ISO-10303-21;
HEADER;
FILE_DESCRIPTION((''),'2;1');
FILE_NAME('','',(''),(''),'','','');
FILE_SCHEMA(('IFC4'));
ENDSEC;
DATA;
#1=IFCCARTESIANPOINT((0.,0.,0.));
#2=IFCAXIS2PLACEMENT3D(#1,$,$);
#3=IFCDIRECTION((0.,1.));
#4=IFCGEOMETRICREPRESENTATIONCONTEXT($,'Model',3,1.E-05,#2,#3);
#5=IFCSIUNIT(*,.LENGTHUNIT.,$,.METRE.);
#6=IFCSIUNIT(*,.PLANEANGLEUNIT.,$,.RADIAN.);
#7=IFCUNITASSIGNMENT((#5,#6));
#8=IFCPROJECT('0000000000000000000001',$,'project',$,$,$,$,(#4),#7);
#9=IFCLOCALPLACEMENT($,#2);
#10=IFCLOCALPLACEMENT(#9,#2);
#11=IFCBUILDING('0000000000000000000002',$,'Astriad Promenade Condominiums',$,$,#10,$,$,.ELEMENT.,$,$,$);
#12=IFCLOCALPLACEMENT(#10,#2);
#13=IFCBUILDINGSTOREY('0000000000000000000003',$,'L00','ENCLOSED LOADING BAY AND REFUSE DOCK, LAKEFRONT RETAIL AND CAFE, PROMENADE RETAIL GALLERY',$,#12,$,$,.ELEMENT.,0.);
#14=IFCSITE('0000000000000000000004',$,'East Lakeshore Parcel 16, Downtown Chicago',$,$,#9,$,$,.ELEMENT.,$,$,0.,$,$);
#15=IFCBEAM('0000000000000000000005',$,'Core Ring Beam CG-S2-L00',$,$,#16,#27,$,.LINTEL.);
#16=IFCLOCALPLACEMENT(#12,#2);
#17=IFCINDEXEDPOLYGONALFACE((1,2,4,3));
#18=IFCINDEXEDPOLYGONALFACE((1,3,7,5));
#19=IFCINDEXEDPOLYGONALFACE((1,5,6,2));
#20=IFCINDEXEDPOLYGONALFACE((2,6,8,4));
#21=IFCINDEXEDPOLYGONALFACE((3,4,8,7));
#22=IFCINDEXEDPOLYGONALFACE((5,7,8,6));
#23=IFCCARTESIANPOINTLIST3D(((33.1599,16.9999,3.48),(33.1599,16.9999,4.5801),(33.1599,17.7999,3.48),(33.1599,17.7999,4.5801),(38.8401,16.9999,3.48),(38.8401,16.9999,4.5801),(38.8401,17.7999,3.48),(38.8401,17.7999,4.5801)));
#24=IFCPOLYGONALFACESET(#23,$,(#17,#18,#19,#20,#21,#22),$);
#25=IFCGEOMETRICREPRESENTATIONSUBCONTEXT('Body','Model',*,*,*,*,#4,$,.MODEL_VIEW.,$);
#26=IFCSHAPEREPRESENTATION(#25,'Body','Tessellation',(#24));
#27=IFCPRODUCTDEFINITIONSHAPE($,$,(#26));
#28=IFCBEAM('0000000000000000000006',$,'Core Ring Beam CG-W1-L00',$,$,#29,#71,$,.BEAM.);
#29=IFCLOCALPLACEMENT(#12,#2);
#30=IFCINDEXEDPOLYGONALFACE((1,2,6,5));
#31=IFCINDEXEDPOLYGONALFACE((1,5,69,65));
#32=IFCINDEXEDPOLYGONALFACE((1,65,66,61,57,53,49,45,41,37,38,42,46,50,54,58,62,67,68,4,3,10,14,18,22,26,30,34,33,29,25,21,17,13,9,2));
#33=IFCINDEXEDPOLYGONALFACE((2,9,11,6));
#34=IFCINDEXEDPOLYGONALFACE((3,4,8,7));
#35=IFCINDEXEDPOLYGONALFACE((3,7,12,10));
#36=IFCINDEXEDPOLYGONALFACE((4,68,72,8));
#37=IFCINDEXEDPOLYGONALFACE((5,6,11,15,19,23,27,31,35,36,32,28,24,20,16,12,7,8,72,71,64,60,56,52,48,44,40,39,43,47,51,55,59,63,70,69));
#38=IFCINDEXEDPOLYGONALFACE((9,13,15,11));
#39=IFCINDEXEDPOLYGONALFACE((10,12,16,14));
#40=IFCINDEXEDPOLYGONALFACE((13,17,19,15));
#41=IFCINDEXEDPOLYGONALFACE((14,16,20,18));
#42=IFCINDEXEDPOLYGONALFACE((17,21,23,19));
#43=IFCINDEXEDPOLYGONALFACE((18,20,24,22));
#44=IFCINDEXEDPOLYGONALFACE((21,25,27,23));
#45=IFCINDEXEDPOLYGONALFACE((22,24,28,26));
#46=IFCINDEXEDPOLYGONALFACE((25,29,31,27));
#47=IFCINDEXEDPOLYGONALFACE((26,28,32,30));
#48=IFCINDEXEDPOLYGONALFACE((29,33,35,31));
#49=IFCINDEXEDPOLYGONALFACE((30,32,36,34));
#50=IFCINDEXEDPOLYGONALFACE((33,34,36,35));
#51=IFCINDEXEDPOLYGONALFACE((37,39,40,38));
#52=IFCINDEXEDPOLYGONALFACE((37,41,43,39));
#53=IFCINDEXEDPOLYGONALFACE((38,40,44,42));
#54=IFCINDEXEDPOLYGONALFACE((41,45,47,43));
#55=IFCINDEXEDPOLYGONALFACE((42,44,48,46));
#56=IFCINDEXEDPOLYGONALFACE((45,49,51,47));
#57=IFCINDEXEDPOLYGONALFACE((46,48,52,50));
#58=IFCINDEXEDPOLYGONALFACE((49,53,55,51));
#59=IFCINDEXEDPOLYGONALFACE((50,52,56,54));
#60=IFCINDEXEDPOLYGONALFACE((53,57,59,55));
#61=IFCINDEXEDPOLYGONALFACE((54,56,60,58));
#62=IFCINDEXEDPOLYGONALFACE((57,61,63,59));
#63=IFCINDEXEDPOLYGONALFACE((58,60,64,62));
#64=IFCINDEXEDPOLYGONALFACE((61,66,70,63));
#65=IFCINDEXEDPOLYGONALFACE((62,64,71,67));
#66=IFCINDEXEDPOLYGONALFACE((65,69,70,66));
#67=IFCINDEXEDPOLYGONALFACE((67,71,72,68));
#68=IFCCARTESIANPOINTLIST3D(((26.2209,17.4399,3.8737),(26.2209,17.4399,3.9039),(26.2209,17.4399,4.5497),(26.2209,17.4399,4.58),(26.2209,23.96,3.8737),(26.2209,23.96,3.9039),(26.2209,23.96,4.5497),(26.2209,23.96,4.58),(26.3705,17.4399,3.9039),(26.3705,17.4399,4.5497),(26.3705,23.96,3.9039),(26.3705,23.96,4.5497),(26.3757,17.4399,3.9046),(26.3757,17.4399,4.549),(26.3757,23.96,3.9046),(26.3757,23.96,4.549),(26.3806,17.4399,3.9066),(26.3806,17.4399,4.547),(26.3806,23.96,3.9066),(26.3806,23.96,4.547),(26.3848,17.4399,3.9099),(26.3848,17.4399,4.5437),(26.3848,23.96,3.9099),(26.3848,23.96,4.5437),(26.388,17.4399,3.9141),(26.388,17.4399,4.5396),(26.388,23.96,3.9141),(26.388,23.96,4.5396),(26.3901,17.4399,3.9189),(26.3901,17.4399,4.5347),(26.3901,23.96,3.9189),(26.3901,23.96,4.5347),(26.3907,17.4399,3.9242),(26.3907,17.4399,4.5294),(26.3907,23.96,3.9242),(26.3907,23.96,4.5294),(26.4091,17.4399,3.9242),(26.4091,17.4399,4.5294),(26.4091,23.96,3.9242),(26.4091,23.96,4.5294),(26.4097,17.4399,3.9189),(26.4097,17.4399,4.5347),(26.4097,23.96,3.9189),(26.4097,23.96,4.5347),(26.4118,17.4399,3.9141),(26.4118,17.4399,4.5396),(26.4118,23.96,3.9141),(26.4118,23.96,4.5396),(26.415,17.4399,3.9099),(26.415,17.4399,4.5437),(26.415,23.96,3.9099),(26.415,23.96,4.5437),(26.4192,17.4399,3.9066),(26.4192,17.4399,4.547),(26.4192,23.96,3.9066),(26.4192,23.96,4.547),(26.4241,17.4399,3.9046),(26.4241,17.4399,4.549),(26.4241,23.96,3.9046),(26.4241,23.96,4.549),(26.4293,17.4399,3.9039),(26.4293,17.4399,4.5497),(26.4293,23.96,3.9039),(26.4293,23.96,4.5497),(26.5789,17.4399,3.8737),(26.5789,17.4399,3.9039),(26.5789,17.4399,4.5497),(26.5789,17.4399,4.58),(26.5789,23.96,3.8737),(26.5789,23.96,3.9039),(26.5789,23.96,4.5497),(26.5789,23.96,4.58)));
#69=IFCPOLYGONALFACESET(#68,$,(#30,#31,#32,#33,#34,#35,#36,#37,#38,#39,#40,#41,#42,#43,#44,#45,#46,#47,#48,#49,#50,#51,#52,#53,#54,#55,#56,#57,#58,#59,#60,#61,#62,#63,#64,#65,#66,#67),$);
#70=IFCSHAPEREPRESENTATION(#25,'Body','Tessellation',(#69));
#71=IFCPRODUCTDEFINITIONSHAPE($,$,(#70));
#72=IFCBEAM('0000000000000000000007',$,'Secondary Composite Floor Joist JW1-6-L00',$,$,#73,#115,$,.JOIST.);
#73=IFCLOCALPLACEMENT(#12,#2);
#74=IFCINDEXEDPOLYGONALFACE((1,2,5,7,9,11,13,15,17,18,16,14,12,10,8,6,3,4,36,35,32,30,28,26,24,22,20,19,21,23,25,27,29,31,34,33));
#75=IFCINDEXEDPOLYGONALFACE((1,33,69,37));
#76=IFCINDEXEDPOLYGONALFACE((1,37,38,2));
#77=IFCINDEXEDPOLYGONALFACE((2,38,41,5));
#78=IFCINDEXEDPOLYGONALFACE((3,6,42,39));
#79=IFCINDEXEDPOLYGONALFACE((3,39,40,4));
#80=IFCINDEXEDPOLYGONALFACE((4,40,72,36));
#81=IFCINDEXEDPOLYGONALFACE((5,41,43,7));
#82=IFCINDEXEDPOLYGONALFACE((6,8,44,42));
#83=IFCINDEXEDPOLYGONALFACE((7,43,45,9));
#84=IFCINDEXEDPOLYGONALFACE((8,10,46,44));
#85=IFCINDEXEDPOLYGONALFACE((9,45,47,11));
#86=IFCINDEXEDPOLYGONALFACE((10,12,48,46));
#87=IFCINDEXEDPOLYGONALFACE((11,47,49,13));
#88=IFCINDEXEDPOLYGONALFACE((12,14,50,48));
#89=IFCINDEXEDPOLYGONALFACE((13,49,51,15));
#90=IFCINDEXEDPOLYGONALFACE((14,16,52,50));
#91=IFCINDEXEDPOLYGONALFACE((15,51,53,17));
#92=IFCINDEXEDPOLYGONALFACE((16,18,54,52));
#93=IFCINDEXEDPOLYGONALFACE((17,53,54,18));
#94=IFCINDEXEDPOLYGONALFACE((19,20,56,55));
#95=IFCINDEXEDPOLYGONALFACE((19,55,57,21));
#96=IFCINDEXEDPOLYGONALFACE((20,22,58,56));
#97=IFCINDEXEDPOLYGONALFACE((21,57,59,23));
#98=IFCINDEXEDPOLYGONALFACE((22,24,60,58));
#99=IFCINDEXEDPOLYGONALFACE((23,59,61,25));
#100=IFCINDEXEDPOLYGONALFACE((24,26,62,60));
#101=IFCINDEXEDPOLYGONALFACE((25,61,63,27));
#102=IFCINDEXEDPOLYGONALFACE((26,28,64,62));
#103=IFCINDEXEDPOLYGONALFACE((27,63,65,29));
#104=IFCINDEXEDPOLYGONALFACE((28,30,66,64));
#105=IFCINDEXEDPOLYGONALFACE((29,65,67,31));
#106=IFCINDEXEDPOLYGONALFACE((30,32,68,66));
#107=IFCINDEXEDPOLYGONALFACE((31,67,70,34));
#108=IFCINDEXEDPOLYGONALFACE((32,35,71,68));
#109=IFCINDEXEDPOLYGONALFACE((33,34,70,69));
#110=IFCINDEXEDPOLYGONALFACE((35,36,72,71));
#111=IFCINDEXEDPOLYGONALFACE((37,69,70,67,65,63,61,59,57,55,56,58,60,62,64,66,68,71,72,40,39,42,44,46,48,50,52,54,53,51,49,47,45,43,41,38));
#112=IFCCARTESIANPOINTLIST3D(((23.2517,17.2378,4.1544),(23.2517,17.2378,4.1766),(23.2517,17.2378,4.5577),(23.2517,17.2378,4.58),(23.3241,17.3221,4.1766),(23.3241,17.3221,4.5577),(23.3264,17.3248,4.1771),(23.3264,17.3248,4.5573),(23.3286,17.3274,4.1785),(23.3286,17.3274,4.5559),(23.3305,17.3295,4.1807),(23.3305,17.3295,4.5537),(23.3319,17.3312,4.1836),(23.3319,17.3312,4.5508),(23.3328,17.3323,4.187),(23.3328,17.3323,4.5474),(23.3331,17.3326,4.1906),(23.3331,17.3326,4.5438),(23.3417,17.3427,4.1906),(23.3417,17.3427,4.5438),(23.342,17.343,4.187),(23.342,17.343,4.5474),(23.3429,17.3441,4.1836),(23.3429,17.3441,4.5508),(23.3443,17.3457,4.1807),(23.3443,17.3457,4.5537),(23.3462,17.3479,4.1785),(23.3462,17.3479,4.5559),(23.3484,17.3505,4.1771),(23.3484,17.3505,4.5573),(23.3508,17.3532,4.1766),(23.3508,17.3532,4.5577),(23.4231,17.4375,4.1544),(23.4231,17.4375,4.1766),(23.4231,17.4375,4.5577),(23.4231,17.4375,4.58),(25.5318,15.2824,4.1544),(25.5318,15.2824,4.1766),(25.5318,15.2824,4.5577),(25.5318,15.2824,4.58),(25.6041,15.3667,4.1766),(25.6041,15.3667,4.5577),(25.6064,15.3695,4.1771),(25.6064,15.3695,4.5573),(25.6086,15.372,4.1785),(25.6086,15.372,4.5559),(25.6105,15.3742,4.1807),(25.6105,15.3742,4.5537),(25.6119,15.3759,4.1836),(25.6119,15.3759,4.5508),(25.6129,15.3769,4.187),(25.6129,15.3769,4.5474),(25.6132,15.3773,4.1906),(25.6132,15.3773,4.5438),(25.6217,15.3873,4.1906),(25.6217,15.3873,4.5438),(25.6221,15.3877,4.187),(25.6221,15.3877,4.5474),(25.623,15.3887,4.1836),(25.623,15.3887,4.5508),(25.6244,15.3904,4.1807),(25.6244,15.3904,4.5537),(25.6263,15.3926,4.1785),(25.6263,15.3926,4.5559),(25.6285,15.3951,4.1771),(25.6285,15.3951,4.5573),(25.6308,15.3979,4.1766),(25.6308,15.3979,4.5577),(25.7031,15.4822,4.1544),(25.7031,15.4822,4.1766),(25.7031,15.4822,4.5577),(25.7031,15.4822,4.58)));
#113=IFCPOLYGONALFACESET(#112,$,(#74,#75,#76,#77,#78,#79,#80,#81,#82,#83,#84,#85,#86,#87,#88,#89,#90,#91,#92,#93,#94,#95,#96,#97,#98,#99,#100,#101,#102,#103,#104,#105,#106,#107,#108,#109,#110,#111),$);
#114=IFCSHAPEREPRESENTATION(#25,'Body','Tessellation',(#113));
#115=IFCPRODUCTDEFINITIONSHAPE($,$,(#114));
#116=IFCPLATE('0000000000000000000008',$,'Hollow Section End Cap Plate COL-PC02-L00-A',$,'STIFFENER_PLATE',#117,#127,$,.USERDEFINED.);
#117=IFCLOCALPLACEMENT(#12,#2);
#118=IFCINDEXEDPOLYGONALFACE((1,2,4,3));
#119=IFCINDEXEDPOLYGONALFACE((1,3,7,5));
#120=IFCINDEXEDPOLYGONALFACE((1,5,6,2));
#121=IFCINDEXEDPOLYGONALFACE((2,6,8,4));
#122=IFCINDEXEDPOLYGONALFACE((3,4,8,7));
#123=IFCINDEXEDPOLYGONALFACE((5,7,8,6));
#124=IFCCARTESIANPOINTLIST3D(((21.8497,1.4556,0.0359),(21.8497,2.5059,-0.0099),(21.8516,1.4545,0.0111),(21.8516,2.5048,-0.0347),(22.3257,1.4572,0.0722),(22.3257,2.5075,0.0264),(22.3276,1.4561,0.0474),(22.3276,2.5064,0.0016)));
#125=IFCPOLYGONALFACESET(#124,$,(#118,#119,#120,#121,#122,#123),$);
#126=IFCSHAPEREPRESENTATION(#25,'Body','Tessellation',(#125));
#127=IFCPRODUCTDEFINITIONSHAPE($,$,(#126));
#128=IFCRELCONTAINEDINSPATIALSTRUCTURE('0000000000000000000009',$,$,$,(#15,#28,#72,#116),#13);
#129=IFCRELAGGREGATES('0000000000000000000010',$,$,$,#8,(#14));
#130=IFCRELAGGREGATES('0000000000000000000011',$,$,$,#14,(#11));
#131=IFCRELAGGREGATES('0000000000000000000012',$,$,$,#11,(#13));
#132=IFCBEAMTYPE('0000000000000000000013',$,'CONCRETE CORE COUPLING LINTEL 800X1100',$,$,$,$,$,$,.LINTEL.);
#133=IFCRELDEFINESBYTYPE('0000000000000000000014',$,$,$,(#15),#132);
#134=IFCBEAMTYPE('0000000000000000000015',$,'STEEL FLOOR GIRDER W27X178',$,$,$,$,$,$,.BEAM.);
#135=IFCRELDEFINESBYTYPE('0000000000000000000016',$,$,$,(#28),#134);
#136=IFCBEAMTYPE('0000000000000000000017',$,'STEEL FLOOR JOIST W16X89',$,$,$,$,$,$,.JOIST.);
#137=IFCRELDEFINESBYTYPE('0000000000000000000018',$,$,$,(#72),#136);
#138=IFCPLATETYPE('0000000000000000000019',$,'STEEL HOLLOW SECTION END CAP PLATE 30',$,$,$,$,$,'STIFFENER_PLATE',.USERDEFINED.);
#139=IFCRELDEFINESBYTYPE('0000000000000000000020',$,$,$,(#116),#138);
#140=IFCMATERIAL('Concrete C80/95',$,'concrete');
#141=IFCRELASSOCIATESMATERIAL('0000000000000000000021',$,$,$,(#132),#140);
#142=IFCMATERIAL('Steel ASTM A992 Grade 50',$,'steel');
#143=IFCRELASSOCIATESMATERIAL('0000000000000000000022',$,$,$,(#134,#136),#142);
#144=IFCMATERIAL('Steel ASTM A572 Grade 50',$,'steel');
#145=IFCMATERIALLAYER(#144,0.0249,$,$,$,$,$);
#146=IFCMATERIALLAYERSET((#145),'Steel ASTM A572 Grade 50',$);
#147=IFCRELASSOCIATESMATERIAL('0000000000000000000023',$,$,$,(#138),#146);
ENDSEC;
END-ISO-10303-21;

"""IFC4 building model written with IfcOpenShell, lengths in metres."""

from ifc_helpers import new_model, si_unit, direction, frame, origin, origin_2d, place, context, subcontext, project, spatial, rectangle, i_section, extrude, source, transform, mapped, material, layer, layer_set, material_profile, profile_set, type_object, type_shapes, element, save


model = new_model("IFC4")

# Units and contexts
model_context = context("Model", 3, precision=1e-05, world=origin(), true_north=direction((0.0, 1.0)))
body_context = subcontext(model_context, "Body", "Model", "MODEL_VIEW")
ifc_project = project(units=[si_unit("LENGTHUNIT", "METRE"), si_unit("PLANEANGLEUNIT", "RADIAN")], contexts=[model_context])

# Site, building, storey
site_placement = place(None, origin())
site = spatial("IfcSite", under=ifc_project, at=site_placement, Name="East Lakeshore Parcel 16, Downtown Chicago", CompositionType="ELEMENT", RefElevation=0.0)
building_placement = place(site_placement, origin())
building = spatial("IfcBuilding", under=site, at=building_placement, Name="Astriad Promenade Condominiums", CompositionType="ELEMENT")
storey_placement = place(building_placement, origin())
storey = spatial("IfcBuildingStorey", under=building, at=storey_placement, Name="L00", Description="ENCLOSED LOADING BAY AND REFUSE DOCK, LAKEFRONT RETAIL AND CAFE, PROMENADE RETAIL GALLERY", CompositionType="ELEMENT", Elevation=0.0)

# Shared definitions
ifc_material_1 = material(Name="Steel ASTM A992 Grade 50", Category="steel")

# Beams
ifc_material_2 = material(Name="Concrete C80/95", Category="concrete")
ifc_material_profile_1 = material_profile(ifc_material_2, rectangle(XDim=0.8, YDim=1.1001, at=origin_2d()), Name="RC-BM-800X1100")
ifc_profile_set_1 = profile_set([ifc_material_profile_1], Name="Concrete C80/95")
beam_type_1 = type_object("IfcBeamType", Name="CONCRETE CORE COUPLING LINTEL 800X1100", PredefinedType="LINTEL", material=ifc_profile_set_1)
shared_shape_1 = source(origin(), body_context, "Body", "SweptSolid", [
    extrude(rectangle(XDim=0.8, YDim=1.1001, at=origin_2d()), origin(), (0.0, 0.0, 1.0), 5.6802),
])
type_shapes(beam_type_1, [shared_shape_1])
beam_1_placement = place(storey_placement, frame((33.1599, 17.3999, 4.03), z_axis=(1.0, 0.0, 0.0), x_axis=(0.0, 1.0, 0.0)))
element("IfcBeam", 1, at=beam_1_placement, inside=storey, type_object=beam_type_1, Name="Core Ring Beam CG-S2-L00", PredefinedType="LINTEL", context=body_context, shape_type="MappedRepresentation", body=[
    mapped(shared_shape_1, transform((0.0, 0.0, 0.0), scale=1.0)),
])
ifc_material_profile_2 = material_profile(ifc_material_1, i_section(OverallWidth=0.3579, OverallDepth=0.7063, WebThickness=0.0183, FlangeThickness=0.0303, FilletRadius=0.0203, at=origin_2d()), Name="W27X178")
ifc_profile_set_2 = profile_set([ifc_material_profile_2], Name="Steel ASTM A992 Grade 50")
beam_type_2 = type_object("IfcBeamType", Name="STEEL FLOOR GIRDER W27X178", PredefinedType="BEAM", material=ifc_profile_set_2)
shared_shape_2 = source(origin(), body_context, "Body", "SweptSolid", [
    extrude(i_section(OverallWidth=0.3579, OverallDepth=0.7063, WebThickness=0.0183, FlangeThickness=0.0303, FilletRadius=0.0203, at=origin_2d()), origin(), (0.0, 0.0, 1.0), 6.52),
])
type_shapes(beam_type_2, [shared_shape_2])
beam_2_placement = place(storey_placement, frame((26.3999, 17.4399, 4.2268), z_axis=(0.0, 1.0, 0.0), x_axis=(-1.0, 0.0, 0.0)))
element("IfcBeam", 2, at=beam_2_placement, inside=storey, type_object=beam_type_2, Name="Core Ring Beam CG-W1-L00", PredefinedType="BEAM", context=body_context, shape_type="MappedRepresentation", body=[
    mapped(shared_shape_2, transform((0.0, 0.0, 0.0), scale=1.0)),
])
ifc_material_profile_3 = material_profile(ifc_material_1, i_section(OverallWidth=0.2632, OverallDepth=0.4255, WebThickness=0.0132, FlangeThickness=0.0222, FilletRadius=0.0139, at=origin_2d()), Name="W16X89")
ifc_profile_set_3 = profile_set([ifc_material_profile_3], Name="Steel ASTM A992 Grade 50")
beam_type_3 = type_object("IfcBeamType", Name="STEEL FLOOR JOIST W16X89", PredefinedType="JOIST", material=ifc_profile_set_3)
shared_shape_3 = source(origin(), body_context, "Body", "SweptSolid", [
    extrude(i_section(OverallWidth=0.2632, OverallDepth=0.4255, WebThickness=0.0132, FlangeThickness=0.0222, FilletRadius=0.0139, at=origin_2d()), origin(), (0.0, 0.0, 1.0), 3.0037),
])
type_shapes(beam_type_3, [shared_shape_3])
beam_3_placement = place(storey_placement, frame((23.3374, 17.3376, 4.3672), z_axis=(0.75909, -0.650985, 0.0), x_axis=(0.650985, 0.75909, 0.0)))
element("IfcBeam", 3, at=beam_3_placement, inside=storey, type_object=beam_type_3, Name="Secondary Composite Floor Joist JW1-6-L00", PredefinedType="JOIST", context=body_context, shape_type="MappedRepresentation", body=[
    mapped(shared_shape_3, transform((0.0, 0.0, 0.0), scale=1.0)),
])

# Plate
ifc_material_3 = material(Name="Steel ASTM A572 Grade 50", Category="steel")
ifc_layer_1 = layer(ifc_material_3, 0.0249)
ifc_layer_set_1 = layer_set([ifc_layer_1], Name="Steel ASTM A572 Grade 50")
plate_type = type_object("IfcPlateType", Name="STEEL HOLLOW SECTION END CAP PLATE 30", ElementType="STIFFENER_PLATE", PredefinedType="USERDEFINED", material=ifc_layer_set_1)
shared_shape_4 = source(origin(), body_context, "Body", "SweptSolid", [
    extrude(rectangle(XDim=0.4773, YDim=1.0513, at=origin_2d()), origin(), (0.0, 0.0, 1.0), 0.0249),
])
type_shapes(plate_type, [shared_shape_4])
plate_placement = place(storey_placement, frame((22.0896, 1.9805, 0.0063), z_axis=(-0.076118, 0.043483, 0.99615), x_axis=(1.0, 0.0, 0.0)))
element("IfcPlate", 4, at=plate_placement, inside=storey, type_object=plate_type, Name="Hollow Section End Cap Plate COL-PC02-L00-A", ObjectType="STIFFENER_PLATE", PredefinedType="USERDEFINED", context=body_context, shape_type="MappedRepresentation", body=[
    mapped(shared_shape_4, transform((0.0, 0.0, 0.0), scale=1.0)),
])

save(model, "model.ifc")
